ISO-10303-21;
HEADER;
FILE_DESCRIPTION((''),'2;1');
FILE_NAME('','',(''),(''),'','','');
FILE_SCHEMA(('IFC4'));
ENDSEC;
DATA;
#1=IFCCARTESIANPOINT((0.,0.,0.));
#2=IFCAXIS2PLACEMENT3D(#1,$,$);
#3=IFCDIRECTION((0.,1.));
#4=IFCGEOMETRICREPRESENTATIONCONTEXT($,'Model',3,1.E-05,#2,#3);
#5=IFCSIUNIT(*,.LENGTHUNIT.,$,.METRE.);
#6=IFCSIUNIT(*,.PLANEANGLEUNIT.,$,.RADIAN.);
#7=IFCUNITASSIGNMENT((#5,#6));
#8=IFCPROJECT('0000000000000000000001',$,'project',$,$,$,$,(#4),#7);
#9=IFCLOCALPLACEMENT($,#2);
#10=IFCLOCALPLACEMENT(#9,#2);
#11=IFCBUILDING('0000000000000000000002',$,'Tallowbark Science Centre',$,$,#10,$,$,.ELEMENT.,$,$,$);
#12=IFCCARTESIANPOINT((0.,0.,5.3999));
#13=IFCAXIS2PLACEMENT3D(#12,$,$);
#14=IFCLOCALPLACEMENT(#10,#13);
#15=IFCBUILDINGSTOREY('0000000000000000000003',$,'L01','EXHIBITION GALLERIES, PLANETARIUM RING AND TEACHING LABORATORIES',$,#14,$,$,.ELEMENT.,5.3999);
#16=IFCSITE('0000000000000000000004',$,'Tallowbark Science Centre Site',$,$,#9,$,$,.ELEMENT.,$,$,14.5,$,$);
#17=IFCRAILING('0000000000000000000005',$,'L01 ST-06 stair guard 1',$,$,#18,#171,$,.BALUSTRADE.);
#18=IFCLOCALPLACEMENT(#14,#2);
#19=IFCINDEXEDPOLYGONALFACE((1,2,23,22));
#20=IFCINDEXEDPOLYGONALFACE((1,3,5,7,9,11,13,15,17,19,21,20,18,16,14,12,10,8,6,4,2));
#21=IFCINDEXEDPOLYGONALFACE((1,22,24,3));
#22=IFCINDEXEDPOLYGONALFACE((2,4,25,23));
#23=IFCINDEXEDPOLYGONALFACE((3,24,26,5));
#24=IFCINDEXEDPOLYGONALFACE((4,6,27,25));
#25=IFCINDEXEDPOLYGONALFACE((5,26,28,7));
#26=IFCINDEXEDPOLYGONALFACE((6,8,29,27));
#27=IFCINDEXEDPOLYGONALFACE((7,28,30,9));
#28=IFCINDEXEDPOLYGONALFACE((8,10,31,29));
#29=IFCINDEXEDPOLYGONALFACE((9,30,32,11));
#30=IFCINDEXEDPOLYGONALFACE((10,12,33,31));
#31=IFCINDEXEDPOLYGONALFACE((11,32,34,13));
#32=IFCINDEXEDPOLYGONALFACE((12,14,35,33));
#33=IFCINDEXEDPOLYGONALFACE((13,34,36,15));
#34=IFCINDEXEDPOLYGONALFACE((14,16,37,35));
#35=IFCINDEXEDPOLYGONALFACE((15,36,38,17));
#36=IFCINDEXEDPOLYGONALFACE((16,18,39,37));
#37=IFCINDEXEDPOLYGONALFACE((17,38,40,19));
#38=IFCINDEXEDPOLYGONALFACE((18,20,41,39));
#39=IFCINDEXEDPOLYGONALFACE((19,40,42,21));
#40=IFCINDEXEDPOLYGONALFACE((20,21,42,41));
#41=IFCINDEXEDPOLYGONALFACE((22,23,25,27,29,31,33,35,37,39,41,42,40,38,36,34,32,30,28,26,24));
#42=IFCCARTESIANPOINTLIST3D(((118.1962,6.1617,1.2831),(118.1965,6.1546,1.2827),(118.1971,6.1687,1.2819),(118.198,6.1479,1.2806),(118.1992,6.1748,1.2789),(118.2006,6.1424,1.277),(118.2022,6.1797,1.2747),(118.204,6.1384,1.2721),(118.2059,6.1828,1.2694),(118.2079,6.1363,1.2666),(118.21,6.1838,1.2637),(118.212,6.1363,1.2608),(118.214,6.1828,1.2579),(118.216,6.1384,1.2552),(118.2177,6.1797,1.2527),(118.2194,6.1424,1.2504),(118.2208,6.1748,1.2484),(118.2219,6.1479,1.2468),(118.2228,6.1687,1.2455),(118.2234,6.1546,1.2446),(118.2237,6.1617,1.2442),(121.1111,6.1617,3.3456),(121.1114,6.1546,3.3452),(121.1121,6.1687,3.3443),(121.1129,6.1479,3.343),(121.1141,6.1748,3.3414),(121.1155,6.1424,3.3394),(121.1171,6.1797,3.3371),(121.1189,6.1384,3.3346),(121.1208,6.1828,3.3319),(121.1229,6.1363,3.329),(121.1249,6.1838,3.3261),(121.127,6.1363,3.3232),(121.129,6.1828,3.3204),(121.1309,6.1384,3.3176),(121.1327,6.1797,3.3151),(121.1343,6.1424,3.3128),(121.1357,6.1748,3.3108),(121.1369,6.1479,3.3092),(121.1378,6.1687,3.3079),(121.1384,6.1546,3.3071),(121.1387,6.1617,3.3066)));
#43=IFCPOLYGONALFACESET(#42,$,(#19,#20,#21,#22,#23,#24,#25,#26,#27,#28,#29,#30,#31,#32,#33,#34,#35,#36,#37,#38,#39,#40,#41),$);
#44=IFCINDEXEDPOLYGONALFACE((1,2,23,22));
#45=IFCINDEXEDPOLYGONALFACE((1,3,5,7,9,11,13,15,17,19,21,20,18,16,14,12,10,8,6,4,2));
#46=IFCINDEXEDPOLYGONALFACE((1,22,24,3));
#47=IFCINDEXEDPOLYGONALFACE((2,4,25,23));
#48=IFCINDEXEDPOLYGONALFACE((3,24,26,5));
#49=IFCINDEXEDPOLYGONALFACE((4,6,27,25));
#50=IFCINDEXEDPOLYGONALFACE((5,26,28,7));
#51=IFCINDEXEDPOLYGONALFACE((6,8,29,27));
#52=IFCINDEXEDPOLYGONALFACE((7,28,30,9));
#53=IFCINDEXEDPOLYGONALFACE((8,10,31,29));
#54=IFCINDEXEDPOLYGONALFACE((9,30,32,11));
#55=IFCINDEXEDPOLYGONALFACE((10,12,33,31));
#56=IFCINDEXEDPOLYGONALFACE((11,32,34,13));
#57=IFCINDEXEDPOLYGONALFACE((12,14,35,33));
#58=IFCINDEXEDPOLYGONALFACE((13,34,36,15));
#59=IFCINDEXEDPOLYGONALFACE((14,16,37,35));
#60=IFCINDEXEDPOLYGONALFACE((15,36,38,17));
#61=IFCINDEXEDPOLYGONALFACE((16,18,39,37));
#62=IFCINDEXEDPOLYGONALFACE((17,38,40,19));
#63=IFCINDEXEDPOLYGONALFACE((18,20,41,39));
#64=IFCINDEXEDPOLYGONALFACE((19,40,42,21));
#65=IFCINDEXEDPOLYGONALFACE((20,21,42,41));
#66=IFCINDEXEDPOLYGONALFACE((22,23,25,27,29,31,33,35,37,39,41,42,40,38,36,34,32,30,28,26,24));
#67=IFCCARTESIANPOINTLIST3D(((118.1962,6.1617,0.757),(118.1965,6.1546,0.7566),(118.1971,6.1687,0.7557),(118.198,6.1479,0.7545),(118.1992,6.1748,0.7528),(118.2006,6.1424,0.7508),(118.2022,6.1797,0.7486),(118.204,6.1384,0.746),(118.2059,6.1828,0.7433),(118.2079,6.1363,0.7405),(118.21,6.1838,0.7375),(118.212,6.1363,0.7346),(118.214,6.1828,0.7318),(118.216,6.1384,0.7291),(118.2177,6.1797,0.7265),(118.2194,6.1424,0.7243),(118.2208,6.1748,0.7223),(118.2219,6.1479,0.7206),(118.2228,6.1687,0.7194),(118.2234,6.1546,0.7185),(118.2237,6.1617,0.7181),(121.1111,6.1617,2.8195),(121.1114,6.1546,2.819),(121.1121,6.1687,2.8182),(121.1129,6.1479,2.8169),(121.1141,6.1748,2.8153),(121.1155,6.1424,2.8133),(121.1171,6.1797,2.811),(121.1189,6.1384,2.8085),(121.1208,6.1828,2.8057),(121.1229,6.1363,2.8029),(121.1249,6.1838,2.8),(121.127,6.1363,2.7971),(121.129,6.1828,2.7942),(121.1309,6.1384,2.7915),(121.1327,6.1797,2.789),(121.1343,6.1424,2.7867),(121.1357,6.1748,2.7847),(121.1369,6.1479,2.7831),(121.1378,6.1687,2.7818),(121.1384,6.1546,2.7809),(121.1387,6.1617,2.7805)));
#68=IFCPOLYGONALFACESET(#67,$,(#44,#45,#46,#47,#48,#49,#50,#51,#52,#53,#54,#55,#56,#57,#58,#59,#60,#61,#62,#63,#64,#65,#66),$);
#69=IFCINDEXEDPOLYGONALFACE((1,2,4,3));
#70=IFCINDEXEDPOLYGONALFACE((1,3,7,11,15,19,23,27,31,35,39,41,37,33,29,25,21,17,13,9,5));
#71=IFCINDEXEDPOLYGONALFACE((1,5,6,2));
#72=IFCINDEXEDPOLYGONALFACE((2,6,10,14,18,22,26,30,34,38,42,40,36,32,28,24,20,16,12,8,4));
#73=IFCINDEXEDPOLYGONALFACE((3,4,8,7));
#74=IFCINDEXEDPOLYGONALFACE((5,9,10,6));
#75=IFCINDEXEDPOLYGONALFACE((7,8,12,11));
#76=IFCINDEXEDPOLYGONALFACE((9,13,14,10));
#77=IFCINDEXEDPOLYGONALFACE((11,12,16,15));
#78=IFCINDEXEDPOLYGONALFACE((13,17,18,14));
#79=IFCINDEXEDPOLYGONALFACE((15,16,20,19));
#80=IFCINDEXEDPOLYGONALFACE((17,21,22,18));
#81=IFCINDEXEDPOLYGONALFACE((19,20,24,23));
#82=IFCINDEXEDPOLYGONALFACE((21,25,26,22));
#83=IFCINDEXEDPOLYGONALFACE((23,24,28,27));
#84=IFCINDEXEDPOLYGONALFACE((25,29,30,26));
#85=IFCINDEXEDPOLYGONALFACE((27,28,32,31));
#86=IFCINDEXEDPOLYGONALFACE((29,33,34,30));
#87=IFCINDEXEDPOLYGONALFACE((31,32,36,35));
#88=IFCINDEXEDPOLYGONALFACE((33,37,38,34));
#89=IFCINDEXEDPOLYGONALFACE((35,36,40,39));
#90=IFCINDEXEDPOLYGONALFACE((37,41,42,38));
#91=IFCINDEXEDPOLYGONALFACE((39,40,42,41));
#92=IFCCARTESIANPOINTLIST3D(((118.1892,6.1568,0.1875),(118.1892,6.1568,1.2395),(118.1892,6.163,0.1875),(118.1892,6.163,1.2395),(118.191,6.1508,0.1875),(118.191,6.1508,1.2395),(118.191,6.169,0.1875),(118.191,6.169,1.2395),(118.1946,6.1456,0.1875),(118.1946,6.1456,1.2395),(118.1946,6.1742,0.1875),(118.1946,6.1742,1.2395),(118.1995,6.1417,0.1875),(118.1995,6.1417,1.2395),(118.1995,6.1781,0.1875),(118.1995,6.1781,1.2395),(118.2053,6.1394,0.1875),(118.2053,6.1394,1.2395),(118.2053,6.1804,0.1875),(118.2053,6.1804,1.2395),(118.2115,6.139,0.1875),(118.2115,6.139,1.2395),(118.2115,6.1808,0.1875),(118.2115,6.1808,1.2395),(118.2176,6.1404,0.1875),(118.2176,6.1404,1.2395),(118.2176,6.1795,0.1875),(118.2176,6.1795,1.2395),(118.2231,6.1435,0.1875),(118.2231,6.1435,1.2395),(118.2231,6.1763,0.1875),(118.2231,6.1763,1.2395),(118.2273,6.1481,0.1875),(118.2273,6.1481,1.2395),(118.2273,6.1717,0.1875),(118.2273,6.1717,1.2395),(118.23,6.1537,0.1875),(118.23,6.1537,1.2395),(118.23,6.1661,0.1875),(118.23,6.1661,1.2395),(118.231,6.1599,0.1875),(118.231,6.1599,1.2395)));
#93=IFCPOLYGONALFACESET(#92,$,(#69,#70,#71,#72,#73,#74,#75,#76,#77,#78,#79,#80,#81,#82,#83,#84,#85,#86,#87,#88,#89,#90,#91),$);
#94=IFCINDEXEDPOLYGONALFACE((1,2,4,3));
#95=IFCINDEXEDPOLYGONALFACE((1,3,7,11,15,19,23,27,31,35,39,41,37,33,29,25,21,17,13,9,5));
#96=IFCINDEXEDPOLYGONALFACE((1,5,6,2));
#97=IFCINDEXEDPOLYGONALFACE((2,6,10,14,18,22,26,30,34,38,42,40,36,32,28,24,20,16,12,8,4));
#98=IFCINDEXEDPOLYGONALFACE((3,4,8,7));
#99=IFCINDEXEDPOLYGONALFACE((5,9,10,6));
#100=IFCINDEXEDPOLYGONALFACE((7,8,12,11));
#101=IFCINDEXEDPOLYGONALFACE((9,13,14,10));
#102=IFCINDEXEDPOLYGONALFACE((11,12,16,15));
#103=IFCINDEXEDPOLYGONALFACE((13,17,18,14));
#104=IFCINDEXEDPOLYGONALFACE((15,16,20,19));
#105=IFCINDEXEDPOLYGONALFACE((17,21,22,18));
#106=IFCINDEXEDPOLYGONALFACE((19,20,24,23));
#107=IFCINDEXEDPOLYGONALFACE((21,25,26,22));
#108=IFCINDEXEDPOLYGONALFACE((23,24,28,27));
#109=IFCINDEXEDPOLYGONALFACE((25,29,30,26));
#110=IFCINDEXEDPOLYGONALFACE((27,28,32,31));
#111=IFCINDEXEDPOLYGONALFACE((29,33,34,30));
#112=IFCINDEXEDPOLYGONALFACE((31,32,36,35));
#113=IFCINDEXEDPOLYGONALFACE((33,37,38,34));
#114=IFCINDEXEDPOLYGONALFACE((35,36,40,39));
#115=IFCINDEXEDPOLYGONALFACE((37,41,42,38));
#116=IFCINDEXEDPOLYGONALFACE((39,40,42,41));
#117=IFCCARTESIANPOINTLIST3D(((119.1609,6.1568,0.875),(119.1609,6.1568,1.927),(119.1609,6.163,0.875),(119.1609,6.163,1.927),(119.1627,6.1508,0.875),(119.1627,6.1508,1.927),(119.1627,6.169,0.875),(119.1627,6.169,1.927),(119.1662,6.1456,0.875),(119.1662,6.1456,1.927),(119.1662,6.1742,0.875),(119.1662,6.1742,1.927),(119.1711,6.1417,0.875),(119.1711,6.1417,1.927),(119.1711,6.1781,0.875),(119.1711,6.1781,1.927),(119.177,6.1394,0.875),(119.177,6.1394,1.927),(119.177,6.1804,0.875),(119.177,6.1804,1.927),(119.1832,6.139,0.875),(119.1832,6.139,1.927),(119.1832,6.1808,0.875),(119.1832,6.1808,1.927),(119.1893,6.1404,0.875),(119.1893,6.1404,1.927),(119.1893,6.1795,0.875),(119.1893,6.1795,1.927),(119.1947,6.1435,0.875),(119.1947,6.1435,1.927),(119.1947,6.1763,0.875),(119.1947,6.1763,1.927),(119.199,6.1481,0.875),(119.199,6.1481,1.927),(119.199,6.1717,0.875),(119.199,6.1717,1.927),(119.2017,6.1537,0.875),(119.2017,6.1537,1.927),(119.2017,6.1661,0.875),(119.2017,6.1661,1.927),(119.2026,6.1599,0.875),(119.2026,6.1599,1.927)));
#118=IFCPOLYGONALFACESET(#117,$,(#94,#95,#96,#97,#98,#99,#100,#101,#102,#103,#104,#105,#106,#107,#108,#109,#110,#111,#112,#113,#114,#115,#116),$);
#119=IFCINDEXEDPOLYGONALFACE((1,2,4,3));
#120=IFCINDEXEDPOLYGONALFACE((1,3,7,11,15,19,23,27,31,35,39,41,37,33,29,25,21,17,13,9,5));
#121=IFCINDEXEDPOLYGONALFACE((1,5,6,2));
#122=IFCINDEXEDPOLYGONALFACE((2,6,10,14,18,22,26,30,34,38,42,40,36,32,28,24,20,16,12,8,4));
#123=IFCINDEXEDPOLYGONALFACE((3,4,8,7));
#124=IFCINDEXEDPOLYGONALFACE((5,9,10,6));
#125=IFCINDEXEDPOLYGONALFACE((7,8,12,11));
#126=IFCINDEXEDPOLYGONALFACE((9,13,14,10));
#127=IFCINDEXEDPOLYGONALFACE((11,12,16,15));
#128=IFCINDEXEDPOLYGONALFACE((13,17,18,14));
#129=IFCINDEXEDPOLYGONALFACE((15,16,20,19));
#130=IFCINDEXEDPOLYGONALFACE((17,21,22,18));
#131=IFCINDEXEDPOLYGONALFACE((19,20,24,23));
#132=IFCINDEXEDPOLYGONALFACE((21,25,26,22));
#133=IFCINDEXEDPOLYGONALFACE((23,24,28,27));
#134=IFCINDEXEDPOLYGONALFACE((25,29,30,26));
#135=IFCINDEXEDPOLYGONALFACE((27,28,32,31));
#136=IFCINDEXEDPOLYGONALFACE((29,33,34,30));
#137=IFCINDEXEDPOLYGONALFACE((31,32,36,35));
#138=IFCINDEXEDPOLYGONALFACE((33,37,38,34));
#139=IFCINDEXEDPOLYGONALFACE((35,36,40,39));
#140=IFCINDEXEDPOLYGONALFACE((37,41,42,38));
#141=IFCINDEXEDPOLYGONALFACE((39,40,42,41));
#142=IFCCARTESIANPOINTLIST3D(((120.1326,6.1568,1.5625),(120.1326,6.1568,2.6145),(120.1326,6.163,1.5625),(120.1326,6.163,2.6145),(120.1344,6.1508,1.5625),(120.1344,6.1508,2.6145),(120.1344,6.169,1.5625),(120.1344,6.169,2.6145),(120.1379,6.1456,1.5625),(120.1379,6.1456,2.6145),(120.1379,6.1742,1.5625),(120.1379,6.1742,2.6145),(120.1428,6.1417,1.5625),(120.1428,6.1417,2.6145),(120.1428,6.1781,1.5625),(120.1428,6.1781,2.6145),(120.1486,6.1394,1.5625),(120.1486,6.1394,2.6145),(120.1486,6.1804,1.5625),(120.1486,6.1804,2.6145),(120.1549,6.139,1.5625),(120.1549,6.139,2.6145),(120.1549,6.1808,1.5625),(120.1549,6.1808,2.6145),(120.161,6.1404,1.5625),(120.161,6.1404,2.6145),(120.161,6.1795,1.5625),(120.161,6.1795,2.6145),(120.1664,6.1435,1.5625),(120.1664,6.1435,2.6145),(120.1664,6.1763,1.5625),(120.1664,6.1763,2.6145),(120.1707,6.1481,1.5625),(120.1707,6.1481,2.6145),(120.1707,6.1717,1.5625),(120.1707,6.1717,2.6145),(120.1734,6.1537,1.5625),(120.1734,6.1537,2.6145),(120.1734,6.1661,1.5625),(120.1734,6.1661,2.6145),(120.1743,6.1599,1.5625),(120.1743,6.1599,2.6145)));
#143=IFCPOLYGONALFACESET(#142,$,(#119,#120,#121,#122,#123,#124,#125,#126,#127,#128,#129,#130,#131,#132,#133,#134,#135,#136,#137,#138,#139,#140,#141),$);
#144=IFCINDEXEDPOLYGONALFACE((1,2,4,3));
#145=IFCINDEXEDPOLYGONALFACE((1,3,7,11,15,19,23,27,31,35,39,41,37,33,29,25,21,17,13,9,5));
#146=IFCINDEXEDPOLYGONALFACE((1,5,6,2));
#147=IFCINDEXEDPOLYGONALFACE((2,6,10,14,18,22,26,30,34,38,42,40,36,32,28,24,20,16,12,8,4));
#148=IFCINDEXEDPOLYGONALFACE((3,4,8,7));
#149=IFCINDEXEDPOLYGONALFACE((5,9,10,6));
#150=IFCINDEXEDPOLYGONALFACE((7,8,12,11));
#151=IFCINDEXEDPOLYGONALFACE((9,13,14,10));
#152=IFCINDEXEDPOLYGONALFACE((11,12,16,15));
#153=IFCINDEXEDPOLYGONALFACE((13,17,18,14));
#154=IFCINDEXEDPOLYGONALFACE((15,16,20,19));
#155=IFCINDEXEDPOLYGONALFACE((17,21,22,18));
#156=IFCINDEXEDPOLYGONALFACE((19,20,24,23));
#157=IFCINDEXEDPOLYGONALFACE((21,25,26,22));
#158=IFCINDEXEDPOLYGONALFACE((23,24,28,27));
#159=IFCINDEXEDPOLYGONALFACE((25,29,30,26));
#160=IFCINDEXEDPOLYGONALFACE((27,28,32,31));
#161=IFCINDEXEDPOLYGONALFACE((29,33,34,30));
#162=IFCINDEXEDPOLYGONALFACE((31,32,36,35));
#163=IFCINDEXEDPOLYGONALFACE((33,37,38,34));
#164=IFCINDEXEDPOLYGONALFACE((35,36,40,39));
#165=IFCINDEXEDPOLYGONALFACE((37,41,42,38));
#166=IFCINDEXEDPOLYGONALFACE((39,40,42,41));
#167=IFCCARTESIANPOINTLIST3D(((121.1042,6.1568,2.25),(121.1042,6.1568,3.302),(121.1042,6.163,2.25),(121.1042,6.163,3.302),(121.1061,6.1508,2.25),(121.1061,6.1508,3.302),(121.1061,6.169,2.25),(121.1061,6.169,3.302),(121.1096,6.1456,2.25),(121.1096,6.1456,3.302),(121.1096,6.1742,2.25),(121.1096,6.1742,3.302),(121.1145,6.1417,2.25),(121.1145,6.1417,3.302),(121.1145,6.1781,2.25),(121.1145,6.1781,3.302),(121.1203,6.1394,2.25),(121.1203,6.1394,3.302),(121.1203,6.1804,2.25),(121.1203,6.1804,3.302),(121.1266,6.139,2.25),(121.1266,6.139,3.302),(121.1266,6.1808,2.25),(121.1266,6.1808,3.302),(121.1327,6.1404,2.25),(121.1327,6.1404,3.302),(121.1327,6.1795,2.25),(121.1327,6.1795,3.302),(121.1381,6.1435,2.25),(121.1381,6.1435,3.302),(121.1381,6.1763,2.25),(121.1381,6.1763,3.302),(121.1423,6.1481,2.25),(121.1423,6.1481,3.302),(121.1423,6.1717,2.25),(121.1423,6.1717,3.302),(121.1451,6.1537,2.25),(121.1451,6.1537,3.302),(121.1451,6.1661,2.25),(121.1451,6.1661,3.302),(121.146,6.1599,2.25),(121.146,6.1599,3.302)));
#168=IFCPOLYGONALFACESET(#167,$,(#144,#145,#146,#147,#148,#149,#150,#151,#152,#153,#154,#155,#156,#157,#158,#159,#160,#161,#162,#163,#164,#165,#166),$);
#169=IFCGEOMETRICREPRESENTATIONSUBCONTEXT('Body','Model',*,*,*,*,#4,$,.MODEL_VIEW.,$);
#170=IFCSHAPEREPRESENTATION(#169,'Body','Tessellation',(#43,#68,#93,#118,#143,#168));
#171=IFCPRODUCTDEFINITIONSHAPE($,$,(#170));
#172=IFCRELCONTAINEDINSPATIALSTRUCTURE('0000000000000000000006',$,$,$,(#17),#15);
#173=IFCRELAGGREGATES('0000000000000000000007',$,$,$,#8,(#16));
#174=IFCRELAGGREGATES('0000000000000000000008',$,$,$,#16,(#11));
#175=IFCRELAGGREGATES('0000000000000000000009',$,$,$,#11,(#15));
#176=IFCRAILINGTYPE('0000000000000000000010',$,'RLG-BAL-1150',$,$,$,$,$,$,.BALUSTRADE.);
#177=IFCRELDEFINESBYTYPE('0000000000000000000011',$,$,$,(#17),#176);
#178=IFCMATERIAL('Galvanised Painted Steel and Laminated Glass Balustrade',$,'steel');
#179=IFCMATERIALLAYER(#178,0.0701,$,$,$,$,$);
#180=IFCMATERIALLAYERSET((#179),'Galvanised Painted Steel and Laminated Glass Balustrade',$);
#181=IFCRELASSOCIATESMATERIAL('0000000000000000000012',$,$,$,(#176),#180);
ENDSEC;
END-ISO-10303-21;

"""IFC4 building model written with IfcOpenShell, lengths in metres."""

from ifc_helpers import new_model, si_unit, direction, frame, origin, origin_2d, place, context, subcontext, project, spatial, circle, extrude, material, layer, layer_set, type_object, element, save


model = new_model("IFC4")

# Units and contexts
model_context = context("Model", 3, precision=1e-05, world=origin(), true_north=direction((0.0, 1.0)))
body_context = subcontext(model_context, "Body", "Model", "MODEL_VIEW")
ifc_project = project(units=[si_unit("LENGTHUNIT", "METRE"), si_unit("PLANEANGLEUNIT", "RADIAN")], contexts=[model_context])

# Site, building, storey
site_placement = place(None, origin())
site = spatial("IfcSite", under=ifc_project, at=site_placement, Name="Tallowbark Science Centre Site", CompositionType="ELEMENT", RefElevation=14.5)
building_placement = place(site_placement, origin())
building = spatial("IfcBuilding", under=site, at=building_placement, Name="Tallowbark Science Centre", CompositionType="ELEMENT")
storey_placement = place(building_placement, frame((0.0, 0.0, 5.3999)))
storey = spatial("IfcBuildingStorey", under=building, at=storey_placement, Name="L01", Description="EXHIBITION GALLERIES, PLANETARIUM RING AND TEACHING LABORATORIES", CompositionType="ELEMENT", Elevation=5.3999)

# Railing
ifc_material_1 = material(Name="Galvanised Painted Steel and Laminated Glass Balustrade", Category="steel")
ifc_layer_1 = layer(ifc_material_1, 0.0701)
ifc_layer_set_1 = layer_set([ifc_layer_1], Name="Galvanised Painted Steel and Laminated Glass Balustrade")
railing_type_1 = type_object("IfcRailingType", Name="RLG-BAL-1150", PredefinedType="BALUSTRADE", material=ifc_layer_set_1)
railing_1_placement = place(storey_placement, frame((118.21, 6.1599, 0.1875)))
element("IfcRailing", 1, at=railing_1_placement, inside=storey, type_object=railing_type_1, Name="L01 ST-06 stair guard 1", PredefinedType="BALUSTRADE", context=body_context, shape_type="SweptSolid", body=[
    extrude(circle(Radius=0.0239, at=origin_2d()), frame((0.0, 0.0, 1.0762), z_axis=(0.816331, 0.0, 0.577585), x_axis=(0.0, 1.0, 0.0)), (0.0, 0.0, 1.0), 3.5708),
    extrude(circle(Radius=0.0239, at=origin_2d()), frame((0.0, 0.0, 0.55), z_axis=(0.816331, 0.0, 0.577585), x_axis=(0.0, 1.0, 0.0)), (0.0, 0.0, 1.0), 3.5708),
    extrude(circle(Radius=0.021, at=origin_2d()), origin(), (0.0, 0.0, 1.0), 1.052),
    extrude(circle(Radius=0.021, at=origin_2d()), frame((0.9717, 0.0, 0.6875)), (0.0, 0.0, 1.0), 1.052),
    extrude(circle(Radius=0.021, at=origin_2d()), frame((1.9434, 0.0, 1.375)), (0.0, 0.0, 1.0), 1.052),
    extrude(circle(Radius=0.021, at=origin_2d()), frame((2.915, 0.0, 2.0625)), (0.0, 0.0, 1.0), 1.052),
])

save(model, "model.ifc")
